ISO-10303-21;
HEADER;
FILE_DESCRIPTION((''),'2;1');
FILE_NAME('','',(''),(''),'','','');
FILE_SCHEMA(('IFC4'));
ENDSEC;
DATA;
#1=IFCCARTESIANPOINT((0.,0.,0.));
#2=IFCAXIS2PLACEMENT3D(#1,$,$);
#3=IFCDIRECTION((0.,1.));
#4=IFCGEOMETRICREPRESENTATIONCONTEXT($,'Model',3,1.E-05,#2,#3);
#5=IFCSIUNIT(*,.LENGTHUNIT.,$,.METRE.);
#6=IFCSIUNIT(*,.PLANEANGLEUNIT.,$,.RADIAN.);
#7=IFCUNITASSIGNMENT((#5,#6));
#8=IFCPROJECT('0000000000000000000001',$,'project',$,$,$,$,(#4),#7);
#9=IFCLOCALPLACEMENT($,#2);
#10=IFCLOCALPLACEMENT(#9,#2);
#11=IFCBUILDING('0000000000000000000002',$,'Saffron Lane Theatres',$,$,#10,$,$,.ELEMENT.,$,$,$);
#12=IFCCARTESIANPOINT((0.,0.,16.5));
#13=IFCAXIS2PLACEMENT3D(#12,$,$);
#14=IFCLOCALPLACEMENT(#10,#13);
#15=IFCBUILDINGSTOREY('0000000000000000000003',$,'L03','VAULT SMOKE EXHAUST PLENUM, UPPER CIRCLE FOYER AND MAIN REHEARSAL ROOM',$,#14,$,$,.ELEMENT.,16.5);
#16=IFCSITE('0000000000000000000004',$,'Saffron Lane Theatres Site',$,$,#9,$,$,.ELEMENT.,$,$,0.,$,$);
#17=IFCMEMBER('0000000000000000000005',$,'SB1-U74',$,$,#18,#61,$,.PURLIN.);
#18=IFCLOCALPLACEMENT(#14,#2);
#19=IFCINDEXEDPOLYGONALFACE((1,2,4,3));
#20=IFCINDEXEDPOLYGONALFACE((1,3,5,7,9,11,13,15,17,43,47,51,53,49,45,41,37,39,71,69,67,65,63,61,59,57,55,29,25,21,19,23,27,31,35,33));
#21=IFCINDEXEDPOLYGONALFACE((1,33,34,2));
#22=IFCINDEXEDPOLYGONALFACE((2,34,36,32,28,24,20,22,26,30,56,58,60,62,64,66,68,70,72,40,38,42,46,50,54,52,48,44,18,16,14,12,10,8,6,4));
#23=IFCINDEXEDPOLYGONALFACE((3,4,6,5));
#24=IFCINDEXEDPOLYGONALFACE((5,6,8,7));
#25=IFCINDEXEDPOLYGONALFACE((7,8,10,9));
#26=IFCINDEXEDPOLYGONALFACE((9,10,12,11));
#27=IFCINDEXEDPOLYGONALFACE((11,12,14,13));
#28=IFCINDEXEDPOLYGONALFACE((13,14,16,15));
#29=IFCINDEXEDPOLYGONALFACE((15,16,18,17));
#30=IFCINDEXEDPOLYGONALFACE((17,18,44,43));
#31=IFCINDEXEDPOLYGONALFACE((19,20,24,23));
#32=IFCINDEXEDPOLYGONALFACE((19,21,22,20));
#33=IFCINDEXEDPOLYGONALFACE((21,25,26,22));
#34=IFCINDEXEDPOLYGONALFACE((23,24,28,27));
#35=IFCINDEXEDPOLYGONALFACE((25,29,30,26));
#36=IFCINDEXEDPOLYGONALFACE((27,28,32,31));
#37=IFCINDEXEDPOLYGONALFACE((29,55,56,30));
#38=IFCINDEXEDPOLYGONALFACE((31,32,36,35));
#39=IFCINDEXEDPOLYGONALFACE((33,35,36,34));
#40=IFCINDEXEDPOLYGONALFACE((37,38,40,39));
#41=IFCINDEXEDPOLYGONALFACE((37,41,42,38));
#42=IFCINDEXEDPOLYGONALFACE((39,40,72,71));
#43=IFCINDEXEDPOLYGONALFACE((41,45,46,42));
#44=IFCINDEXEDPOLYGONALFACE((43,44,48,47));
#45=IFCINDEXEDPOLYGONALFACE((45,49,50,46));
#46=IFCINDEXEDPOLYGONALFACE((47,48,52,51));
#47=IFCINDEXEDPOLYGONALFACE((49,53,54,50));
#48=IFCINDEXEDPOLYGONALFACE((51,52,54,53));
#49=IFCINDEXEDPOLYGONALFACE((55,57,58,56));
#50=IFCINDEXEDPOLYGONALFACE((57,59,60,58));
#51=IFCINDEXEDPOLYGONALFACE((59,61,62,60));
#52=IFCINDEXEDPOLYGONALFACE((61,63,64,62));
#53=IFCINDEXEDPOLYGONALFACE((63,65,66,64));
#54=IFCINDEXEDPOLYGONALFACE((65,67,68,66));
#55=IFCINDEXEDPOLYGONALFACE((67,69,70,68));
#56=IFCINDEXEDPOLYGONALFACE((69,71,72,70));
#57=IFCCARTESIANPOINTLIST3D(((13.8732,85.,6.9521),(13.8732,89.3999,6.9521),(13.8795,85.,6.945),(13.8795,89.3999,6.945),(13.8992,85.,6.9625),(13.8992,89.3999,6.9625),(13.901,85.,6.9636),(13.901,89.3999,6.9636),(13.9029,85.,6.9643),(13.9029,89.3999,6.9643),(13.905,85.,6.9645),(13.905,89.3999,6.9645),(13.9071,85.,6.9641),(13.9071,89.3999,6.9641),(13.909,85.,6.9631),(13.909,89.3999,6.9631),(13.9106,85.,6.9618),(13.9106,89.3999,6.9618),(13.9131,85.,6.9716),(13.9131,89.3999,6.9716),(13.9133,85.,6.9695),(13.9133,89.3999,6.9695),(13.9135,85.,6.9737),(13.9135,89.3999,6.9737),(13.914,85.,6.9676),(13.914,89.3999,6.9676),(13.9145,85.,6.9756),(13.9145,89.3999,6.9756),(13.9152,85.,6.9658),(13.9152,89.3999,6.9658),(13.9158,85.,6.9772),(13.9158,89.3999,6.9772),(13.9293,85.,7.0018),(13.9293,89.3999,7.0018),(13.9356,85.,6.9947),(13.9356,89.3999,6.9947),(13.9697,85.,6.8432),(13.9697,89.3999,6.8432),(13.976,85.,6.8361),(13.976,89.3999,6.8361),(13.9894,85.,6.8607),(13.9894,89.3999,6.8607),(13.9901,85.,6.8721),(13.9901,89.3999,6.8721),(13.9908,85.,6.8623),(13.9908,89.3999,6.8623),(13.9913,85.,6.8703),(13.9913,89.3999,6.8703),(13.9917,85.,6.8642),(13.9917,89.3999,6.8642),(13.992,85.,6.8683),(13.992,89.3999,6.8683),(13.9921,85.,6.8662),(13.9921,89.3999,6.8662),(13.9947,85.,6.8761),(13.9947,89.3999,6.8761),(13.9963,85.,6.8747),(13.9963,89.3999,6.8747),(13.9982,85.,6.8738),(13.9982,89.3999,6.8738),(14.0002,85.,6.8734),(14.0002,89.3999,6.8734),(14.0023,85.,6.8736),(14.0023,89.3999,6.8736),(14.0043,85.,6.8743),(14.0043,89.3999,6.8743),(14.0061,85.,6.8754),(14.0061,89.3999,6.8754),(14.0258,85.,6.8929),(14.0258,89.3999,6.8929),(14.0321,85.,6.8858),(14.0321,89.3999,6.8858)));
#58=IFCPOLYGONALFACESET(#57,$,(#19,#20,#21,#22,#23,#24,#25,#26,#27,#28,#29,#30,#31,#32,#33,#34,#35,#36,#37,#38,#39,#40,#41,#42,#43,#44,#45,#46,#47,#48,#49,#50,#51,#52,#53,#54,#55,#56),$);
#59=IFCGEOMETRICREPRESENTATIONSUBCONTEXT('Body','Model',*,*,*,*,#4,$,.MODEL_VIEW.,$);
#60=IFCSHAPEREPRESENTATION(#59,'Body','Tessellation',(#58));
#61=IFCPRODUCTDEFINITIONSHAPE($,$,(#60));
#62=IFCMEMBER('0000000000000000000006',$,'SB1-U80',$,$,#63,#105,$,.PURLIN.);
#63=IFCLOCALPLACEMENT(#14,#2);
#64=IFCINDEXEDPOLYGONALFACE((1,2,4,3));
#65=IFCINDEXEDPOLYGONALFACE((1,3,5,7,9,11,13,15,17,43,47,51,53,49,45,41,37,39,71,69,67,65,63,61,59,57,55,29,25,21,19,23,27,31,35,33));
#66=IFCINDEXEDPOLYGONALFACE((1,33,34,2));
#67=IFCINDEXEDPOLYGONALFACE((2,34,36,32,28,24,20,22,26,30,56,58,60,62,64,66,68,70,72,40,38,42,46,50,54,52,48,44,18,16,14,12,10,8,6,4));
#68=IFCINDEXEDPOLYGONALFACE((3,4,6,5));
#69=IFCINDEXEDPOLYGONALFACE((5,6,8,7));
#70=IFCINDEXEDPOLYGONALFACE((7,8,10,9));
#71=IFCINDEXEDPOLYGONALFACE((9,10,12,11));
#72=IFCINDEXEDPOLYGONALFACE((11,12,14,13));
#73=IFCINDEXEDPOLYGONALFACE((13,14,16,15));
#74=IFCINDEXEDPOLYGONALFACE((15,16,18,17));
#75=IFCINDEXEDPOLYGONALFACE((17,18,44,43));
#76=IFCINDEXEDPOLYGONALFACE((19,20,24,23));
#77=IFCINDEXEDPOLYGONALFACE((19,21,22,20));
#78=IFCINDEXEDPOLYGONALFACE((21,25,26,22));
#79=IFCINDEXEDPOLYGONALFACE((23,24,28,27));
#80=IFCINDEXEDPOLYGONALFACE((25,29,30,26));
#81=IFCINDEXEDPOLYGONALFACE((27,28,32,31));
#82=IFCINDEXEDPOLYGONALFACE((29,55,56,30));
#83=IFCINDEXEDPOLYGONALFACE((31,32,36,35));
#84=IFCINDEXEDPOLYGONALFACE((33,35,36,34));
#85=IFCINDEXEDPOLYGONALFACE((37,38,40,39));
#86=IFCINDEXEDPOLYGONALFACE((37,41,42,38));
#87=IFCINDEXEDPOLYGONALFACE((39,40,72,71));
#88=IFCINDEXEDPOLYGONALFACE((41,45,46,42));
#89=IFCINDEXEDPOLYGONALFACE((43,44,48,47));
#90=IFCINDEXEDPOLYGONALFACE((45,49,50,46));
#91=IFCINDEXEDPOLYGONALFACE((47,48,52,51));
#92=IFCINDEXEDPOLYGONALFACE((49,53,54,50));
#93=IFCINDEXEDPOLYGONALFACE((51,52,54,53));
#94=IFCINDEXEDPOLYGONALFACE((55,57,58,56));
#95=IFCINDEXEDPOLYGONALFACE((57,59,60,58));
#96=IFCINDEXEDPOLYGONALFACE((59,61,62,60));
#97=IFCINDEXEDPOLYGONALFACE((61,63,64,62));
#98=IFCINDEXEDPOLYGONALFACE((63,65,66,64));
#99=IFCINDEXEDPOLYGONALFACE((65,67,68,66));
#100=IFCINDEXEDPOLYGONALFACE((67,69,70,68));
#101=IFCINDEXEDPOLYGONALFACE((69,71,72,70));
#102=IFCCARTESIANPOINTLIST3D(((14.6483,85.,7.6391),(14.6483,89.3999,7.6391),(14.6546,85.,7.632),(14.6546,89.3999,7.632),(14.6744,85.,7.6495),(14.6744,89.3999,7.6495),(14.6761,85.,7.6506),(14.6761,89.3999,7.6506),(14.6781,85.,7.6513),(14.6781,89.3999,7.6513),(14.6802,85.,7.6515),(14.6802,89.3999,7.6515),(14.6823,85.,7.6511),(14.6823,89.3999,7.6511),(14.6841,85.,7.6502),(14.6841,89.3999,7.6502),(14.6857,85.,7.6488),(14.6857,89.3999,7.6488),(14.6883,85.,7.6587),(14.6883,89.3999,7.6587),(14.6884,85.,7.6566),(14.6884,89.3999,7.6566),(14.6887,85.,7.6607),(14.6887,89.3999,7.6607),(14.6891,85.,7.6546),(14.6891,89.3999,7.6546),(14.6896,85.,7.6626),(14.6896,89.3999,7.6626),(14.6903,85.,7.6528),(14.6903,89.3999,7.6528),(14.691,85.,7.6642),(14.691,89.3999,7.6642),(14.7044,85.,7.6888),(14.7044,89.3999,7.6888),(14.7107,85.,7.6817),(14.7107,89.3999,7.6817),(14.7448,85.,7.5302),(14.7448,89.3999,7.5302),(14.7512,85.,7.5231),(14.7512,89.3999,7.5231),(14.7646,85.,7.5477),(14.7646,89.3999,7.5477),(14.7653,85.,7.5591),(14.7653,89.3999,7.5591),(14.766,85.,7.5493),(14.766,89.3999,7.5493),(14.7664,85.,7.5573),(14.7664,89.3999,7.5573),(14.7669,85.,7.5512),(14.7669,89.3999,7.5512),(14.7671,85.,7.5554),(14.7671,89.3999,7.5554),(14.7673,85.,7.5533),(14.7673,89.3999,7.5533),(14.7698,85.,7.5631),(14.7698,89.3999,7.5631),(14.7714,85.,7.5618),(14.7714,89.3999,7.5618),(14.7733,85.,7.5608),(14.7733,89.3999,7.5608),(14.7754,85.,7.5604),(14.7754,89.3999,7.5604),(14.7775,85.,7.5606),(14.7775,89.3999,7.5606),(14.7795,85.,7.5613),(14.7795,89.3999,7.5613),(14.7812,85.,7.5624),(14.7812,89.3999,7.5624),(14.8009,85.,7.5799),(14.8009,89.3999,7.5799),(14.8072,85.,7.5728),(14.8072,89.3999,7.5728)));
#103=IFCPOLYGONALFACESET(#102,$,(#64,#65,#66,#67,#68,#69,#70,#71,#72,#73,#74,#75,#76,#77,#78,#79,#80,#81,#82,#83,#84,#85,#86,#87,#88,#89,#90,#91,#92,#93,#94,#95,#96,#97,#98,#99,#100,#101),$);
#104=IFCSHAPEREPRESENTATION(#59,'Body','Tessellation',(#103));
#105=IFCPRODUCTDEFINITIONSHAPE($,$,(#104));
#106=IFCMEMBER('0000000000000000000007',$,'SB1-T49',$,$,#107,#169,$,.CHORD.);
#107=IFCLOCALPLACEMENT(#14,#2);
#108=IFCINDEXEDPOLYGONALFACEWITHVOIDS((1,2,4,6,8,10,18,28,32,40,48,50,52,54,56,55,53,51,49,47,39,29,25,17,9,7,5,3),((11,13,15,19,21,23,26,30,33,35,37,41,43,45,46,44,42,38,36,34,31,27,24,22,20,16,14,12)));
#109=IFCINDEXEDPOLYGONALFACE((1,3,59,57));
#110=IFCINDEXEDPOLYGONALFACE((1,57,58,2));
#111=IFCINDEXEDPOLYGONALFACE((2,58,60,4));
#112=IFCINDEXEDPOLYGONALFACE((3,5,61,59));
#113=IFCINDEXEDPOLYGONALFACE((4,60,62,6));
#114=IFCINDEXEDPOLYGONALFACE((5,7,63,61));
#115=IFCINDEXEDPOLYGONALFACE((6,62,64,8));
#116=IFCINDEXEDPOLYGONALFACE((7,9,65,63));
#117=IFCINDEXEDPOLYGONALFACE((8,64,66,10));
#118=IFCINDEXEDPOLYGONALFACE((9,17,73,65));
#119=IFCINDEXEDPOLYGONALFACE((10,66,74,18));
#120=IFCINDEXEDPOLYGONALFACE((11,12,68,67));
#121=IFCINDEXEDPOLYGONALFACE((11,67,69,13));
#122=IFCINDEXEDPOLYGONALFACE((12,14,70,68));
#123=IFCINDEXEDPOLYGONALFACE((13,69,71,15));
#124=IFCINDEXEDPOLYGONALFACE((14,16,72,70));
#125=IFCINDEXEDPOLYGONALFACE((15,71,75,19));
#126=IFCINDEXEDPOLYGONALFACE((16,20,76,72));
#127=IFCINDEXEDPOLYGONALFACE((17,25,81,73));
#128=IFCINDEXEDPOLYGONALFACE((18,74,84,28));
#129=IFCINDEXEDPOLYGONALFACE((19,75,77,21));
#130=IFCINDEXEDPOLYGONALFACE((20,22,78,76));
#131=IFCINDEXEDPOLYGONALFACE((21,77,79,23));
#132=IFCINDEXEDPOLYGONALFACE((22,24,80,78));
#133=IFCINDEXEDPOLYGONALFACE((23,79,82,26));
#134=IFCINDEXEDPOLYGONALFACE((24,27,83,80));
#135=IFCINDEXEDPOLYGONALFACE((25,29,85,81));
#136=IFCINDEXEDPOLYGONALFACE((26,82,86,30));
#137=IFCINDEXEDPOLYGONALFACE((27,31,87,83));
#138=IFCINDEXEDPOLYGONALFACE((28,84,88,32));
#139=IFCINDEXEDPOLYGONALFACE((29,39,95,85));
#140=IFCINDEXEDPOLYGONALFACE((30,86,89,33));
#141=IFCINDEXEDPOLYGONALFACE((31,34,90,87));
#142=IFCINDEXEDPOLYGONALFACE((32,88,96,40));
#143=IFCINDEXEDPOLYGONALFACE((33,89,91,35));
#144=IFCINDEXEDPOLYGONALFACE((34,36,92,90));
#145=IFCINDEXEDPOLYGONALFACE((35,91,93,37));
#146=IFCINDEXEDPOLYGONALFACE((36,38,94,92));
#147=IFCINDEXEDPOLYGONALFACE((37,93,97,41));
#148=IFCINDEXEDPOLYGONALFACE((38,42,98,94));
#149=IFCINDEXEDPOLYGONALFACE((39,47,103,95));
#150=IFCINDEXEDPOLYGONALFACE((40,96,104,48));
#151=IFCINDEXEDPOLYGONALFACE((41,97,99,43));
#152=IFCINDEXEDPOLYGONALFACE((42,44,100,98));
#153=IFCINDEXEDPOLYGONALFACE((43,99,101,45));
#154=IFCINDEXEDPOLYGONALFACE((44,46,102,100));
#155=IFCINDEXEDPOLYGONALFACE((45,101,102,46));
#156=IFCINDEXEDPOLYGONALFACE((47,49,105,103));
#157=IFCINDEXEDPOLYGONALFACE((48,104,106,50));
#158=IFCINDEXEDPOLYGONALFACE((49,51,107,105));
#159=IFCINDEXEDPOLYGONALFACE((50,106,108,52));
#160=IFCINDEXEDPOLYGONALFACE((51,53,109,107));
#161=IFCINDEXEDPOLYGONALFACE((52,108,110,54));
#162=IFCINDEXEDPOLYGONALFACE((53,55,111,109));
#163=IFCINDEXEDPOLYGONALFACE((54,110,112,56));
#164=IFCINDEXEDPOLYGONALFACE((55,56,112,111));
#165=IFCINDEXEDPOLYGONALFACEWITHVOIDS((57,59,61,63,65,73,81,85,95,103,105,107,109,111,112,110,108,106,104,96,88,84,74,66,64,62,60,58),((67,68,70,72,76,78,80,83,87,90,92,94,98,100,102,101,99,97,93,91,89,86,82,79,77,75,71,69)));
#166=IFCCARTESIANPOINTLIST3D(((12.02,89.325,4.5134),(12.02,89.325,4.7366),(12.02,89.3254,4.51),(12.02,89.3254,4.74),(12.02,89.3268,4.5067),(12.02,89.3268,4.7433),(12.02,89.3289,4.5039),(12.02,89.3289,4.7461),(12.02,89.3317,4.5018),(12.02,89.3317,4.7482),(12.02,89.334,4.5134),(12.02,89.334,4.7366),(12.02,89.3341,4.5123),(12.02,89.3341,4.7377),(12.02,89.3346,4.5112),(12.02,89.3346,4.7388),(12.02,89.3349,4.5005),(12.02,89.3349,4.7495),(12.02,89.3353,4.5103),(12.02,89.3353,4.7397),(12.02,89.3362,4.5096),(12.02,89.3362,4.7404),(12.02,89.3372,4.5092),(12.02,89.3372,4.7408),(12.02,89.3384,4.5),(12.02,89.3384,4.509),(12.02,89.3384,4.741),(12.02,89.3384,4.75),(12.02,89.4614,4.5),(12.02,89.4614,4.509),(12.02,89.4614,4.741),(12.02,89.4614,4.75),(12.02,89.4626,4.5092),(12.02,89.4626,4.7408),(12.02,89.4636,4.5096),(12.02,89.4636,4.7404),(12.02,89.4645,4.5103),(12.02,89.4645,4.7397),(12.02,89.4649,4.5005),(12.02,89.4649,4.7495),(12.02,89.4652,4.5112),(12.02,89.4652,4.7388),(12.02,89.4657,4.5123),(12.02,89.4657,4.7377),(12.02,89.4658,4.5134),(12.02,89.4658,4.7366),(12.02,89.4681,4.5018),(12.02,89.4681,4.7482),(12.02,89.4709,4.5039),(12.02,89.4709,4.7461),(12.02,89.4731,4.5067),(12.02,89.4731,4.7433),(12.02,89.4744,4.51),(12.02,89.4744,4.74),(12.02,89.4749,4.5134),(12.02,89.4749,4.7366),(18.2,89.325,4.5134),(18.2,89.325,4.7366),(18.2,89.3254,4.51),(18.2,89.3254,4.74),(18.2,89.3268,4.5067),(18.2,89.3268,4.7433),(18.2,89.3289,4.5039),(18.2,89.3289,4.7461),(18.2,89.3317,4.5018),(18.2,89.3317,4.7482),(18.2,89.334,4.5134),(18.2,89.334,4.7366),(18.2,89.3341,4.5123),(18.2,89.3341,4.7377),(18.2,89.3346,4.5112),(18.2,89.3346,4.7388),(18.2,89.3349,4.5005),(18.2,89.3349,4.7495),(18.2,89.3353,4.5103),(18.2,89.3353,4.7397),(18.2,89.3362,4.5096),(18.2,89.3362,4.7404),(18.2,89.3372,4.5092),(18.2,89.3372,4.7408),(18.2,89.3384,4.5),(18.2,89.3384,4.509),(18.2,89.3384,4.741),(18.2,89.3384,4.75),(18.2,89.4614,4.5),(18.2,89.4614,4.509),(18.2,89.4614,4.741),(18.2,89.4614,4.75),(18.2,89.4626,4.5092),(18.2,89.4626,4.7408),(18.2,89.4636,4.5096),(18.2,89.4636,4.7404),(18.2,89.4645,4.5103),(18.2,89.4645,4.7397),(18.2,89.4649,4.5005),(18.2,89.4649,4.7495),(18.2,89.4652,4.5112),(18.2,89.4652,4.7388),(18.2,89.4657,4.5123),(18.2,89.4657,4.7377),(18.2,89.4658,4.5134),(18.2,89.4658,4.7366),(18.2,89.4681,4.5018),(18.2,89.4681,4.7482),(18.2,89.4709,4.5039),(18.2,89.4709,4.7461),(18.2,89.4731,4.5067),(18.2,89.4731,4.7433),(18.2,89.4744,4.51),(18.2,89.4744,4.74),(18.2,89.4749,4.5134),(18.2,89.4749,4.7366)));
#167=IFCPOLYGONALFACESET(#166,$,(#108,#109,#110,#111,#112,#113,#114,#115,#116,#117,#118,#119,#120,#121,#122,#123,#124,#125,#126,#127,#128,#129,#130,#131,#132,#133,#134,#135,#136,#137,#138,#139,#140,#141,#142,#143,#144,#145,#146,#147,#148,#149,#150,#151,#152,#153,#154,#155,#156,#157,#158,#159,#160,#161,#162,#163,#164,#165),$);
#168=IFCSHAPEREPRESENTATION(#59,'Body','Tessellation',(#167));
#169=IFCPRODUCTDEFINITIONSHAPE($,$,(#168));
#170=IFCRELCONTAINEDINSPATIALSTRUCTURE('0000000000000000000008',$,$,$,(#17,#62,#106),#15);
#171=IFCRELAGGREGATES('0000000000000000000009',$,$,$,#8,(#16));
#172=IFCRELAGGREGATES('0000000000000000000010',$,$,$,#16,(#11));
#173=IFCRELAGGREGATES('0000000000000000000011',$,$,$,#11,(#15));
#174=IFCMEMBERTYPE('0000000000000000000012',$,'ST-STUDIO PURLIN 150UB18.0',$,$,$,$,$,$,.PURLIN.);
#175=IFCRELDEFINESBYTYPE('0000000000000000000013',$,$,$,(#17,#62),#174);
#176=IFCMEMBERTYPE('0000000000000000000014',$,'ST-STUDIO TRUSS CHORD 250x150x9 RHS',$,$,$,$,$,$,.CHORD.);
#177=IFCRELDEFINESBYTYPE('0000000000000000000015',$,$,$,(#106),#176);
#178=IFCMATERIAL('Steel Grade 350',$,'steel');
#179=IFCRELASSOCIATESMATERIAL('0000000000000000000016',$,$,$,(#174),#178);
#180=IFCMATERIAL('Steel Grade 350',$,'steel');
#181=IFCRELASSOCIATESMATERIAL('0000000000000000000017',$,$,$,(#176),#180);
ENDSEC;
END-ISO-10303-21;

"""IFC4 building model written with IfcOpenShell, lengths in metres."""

from ifc_helpers import new_model, si_unit, direction, frame, origin, origin_2d, place, context, subcontext, project, spatial, hollow_rectangle, i_section, extrude, material, material_profile, profile_set, type_object, element, save


model = new_model("IFC4")

# Units and contexts
model_context = context("Model", 3, precision=1e-05, world=origin(), true_north=direction((0.0, 1.0)))
body_context = subcontext(model_context, "Body", "Model", "MODEL_VIEW")
ifc_project = project(units=[si_unit("LENGTHUNIT", "METRE"), si_unit("PLANEANGLEUNIT", "RADIAN")], contexts=[model_context])

# Site, building, storey
site_placement = place(None, origin())
site = spatial("IfcSite", under=ifc_project, at=site_placement, Name="Saffron Lane Theatres Site", CompositionType="ELEMENT", RefElevation=0.0)
building_placement = place(site_placement, origin())
building = spatial("IfcBuilding", under=site, at=building_placement, Name="Saffron Lane Theatres", CompositionType="ELEMENT")
storey_placement = place(building_placement, frame((0.0, 0.0, 16.5)))
storey = spatial("IfcBuildingStorey", under=building, at=storey_placement, Name="L03", Description="VAULT SMOKE EXHAUST PLENUM, UPPER CIRCLE FOYER AND MAIN REHEARSAL ROOM", CompositionType="ELEMENT", Elevation=16.5)

# Members
ifc_material_1 = material(Name="Steel Grade 350", Category="steel")
ifc_material_profile_1 = material_profile(ifc_material_1, i_section(OverallWidth=0.075, OverallDepth=0.155, WebThickness=0.0061, FlangeThickness=0.0095, FilletRadius=0.0081, at=origin_2d()))
ifc_profile_set_1 = profile_set([ifc_material_profile_1], Name="Steel Grade 350")
member_type_1 = type_object("IfcMemberType", Name="ST-STUDIO PURLIN 150UB18.0", PredefinedType="PURLIN", material=ifc_profile_set_1)
for number, where, z_axis, x_axis, name in (
    (1, (13.9526, 85.0, 6.9189), (0.0, 1.0, 0.0), (-0.748269, 0.0, -0.663396), "SB1-U74"),
    (2, (14.7278, 85.0, 7.606), (0.0, 1.0, 0.0), (-0.748269, 0.0, -0.663396), "SB1-U80"),
):
    element("IfcMember", number, at=place(storey_placement, frame(where, z_axis=z_axis, x_axis=x_axis)), inside=storey, type_object=member_type_1, Name=name, PredefinedType="PURLIN", context=body_context, shape_type="SweptSolid", body=[
        extrude(i_section(OverallWidth=0.075, OverallDepth=0.155, WebThickness=0.0061, FlangeThickness=0.0095, FilletRadius=0.0081, at=origin_2d()), origin(), (0.0, 0.0, 1.0), 4.3999),
    ])
ifc_material_2 = material(Name="Steel Grade 350", Category="steel")
ifc_material_profile_2 = material_profile(ifc_material_2, hollow_rectangle(XDim=0.1499, YDim=0.25, WallThickness=0.009, InnerFilletRadius=0.0044, OuterFilletRadius=0.0134, at=origin_2d()))
ifc_profile_set_2 = profile_set([ifc_material_profile_2], Name="Steel Grade 350")
member_type_2 = type_object("IfcMemberType", Name="ST-STUDIO TRUSS CHORD 250x150x9 RHS", PredefinedType="CHORD", material=ifc_profile_set_2)
member_1_placement = place(storey_placement, frame((12.02, 89.3999, 4.625), z_axis=(1.0, 0.0, 0.0), x_axis=(0.0, 1.0, 0.0)))
element("IfcMember", 3, at=member_1_placement, inside=storey, type_object=member_type_2, Name="SB1-T49", PredefinedType="CHORD", context=body_context, shape_type="SweptSolid", body=[
    extrude(hollow_rectangle(XDim=0.1499, YDim=0.25, WallThickness=0.009, InnerFilletRadius=0.0044, OuterFilletRadius=0.0134, at=origin_2d()), origin(), (0.0, 0.0, 1.0), 6.1799),
])

save(model, "model.ifc")
